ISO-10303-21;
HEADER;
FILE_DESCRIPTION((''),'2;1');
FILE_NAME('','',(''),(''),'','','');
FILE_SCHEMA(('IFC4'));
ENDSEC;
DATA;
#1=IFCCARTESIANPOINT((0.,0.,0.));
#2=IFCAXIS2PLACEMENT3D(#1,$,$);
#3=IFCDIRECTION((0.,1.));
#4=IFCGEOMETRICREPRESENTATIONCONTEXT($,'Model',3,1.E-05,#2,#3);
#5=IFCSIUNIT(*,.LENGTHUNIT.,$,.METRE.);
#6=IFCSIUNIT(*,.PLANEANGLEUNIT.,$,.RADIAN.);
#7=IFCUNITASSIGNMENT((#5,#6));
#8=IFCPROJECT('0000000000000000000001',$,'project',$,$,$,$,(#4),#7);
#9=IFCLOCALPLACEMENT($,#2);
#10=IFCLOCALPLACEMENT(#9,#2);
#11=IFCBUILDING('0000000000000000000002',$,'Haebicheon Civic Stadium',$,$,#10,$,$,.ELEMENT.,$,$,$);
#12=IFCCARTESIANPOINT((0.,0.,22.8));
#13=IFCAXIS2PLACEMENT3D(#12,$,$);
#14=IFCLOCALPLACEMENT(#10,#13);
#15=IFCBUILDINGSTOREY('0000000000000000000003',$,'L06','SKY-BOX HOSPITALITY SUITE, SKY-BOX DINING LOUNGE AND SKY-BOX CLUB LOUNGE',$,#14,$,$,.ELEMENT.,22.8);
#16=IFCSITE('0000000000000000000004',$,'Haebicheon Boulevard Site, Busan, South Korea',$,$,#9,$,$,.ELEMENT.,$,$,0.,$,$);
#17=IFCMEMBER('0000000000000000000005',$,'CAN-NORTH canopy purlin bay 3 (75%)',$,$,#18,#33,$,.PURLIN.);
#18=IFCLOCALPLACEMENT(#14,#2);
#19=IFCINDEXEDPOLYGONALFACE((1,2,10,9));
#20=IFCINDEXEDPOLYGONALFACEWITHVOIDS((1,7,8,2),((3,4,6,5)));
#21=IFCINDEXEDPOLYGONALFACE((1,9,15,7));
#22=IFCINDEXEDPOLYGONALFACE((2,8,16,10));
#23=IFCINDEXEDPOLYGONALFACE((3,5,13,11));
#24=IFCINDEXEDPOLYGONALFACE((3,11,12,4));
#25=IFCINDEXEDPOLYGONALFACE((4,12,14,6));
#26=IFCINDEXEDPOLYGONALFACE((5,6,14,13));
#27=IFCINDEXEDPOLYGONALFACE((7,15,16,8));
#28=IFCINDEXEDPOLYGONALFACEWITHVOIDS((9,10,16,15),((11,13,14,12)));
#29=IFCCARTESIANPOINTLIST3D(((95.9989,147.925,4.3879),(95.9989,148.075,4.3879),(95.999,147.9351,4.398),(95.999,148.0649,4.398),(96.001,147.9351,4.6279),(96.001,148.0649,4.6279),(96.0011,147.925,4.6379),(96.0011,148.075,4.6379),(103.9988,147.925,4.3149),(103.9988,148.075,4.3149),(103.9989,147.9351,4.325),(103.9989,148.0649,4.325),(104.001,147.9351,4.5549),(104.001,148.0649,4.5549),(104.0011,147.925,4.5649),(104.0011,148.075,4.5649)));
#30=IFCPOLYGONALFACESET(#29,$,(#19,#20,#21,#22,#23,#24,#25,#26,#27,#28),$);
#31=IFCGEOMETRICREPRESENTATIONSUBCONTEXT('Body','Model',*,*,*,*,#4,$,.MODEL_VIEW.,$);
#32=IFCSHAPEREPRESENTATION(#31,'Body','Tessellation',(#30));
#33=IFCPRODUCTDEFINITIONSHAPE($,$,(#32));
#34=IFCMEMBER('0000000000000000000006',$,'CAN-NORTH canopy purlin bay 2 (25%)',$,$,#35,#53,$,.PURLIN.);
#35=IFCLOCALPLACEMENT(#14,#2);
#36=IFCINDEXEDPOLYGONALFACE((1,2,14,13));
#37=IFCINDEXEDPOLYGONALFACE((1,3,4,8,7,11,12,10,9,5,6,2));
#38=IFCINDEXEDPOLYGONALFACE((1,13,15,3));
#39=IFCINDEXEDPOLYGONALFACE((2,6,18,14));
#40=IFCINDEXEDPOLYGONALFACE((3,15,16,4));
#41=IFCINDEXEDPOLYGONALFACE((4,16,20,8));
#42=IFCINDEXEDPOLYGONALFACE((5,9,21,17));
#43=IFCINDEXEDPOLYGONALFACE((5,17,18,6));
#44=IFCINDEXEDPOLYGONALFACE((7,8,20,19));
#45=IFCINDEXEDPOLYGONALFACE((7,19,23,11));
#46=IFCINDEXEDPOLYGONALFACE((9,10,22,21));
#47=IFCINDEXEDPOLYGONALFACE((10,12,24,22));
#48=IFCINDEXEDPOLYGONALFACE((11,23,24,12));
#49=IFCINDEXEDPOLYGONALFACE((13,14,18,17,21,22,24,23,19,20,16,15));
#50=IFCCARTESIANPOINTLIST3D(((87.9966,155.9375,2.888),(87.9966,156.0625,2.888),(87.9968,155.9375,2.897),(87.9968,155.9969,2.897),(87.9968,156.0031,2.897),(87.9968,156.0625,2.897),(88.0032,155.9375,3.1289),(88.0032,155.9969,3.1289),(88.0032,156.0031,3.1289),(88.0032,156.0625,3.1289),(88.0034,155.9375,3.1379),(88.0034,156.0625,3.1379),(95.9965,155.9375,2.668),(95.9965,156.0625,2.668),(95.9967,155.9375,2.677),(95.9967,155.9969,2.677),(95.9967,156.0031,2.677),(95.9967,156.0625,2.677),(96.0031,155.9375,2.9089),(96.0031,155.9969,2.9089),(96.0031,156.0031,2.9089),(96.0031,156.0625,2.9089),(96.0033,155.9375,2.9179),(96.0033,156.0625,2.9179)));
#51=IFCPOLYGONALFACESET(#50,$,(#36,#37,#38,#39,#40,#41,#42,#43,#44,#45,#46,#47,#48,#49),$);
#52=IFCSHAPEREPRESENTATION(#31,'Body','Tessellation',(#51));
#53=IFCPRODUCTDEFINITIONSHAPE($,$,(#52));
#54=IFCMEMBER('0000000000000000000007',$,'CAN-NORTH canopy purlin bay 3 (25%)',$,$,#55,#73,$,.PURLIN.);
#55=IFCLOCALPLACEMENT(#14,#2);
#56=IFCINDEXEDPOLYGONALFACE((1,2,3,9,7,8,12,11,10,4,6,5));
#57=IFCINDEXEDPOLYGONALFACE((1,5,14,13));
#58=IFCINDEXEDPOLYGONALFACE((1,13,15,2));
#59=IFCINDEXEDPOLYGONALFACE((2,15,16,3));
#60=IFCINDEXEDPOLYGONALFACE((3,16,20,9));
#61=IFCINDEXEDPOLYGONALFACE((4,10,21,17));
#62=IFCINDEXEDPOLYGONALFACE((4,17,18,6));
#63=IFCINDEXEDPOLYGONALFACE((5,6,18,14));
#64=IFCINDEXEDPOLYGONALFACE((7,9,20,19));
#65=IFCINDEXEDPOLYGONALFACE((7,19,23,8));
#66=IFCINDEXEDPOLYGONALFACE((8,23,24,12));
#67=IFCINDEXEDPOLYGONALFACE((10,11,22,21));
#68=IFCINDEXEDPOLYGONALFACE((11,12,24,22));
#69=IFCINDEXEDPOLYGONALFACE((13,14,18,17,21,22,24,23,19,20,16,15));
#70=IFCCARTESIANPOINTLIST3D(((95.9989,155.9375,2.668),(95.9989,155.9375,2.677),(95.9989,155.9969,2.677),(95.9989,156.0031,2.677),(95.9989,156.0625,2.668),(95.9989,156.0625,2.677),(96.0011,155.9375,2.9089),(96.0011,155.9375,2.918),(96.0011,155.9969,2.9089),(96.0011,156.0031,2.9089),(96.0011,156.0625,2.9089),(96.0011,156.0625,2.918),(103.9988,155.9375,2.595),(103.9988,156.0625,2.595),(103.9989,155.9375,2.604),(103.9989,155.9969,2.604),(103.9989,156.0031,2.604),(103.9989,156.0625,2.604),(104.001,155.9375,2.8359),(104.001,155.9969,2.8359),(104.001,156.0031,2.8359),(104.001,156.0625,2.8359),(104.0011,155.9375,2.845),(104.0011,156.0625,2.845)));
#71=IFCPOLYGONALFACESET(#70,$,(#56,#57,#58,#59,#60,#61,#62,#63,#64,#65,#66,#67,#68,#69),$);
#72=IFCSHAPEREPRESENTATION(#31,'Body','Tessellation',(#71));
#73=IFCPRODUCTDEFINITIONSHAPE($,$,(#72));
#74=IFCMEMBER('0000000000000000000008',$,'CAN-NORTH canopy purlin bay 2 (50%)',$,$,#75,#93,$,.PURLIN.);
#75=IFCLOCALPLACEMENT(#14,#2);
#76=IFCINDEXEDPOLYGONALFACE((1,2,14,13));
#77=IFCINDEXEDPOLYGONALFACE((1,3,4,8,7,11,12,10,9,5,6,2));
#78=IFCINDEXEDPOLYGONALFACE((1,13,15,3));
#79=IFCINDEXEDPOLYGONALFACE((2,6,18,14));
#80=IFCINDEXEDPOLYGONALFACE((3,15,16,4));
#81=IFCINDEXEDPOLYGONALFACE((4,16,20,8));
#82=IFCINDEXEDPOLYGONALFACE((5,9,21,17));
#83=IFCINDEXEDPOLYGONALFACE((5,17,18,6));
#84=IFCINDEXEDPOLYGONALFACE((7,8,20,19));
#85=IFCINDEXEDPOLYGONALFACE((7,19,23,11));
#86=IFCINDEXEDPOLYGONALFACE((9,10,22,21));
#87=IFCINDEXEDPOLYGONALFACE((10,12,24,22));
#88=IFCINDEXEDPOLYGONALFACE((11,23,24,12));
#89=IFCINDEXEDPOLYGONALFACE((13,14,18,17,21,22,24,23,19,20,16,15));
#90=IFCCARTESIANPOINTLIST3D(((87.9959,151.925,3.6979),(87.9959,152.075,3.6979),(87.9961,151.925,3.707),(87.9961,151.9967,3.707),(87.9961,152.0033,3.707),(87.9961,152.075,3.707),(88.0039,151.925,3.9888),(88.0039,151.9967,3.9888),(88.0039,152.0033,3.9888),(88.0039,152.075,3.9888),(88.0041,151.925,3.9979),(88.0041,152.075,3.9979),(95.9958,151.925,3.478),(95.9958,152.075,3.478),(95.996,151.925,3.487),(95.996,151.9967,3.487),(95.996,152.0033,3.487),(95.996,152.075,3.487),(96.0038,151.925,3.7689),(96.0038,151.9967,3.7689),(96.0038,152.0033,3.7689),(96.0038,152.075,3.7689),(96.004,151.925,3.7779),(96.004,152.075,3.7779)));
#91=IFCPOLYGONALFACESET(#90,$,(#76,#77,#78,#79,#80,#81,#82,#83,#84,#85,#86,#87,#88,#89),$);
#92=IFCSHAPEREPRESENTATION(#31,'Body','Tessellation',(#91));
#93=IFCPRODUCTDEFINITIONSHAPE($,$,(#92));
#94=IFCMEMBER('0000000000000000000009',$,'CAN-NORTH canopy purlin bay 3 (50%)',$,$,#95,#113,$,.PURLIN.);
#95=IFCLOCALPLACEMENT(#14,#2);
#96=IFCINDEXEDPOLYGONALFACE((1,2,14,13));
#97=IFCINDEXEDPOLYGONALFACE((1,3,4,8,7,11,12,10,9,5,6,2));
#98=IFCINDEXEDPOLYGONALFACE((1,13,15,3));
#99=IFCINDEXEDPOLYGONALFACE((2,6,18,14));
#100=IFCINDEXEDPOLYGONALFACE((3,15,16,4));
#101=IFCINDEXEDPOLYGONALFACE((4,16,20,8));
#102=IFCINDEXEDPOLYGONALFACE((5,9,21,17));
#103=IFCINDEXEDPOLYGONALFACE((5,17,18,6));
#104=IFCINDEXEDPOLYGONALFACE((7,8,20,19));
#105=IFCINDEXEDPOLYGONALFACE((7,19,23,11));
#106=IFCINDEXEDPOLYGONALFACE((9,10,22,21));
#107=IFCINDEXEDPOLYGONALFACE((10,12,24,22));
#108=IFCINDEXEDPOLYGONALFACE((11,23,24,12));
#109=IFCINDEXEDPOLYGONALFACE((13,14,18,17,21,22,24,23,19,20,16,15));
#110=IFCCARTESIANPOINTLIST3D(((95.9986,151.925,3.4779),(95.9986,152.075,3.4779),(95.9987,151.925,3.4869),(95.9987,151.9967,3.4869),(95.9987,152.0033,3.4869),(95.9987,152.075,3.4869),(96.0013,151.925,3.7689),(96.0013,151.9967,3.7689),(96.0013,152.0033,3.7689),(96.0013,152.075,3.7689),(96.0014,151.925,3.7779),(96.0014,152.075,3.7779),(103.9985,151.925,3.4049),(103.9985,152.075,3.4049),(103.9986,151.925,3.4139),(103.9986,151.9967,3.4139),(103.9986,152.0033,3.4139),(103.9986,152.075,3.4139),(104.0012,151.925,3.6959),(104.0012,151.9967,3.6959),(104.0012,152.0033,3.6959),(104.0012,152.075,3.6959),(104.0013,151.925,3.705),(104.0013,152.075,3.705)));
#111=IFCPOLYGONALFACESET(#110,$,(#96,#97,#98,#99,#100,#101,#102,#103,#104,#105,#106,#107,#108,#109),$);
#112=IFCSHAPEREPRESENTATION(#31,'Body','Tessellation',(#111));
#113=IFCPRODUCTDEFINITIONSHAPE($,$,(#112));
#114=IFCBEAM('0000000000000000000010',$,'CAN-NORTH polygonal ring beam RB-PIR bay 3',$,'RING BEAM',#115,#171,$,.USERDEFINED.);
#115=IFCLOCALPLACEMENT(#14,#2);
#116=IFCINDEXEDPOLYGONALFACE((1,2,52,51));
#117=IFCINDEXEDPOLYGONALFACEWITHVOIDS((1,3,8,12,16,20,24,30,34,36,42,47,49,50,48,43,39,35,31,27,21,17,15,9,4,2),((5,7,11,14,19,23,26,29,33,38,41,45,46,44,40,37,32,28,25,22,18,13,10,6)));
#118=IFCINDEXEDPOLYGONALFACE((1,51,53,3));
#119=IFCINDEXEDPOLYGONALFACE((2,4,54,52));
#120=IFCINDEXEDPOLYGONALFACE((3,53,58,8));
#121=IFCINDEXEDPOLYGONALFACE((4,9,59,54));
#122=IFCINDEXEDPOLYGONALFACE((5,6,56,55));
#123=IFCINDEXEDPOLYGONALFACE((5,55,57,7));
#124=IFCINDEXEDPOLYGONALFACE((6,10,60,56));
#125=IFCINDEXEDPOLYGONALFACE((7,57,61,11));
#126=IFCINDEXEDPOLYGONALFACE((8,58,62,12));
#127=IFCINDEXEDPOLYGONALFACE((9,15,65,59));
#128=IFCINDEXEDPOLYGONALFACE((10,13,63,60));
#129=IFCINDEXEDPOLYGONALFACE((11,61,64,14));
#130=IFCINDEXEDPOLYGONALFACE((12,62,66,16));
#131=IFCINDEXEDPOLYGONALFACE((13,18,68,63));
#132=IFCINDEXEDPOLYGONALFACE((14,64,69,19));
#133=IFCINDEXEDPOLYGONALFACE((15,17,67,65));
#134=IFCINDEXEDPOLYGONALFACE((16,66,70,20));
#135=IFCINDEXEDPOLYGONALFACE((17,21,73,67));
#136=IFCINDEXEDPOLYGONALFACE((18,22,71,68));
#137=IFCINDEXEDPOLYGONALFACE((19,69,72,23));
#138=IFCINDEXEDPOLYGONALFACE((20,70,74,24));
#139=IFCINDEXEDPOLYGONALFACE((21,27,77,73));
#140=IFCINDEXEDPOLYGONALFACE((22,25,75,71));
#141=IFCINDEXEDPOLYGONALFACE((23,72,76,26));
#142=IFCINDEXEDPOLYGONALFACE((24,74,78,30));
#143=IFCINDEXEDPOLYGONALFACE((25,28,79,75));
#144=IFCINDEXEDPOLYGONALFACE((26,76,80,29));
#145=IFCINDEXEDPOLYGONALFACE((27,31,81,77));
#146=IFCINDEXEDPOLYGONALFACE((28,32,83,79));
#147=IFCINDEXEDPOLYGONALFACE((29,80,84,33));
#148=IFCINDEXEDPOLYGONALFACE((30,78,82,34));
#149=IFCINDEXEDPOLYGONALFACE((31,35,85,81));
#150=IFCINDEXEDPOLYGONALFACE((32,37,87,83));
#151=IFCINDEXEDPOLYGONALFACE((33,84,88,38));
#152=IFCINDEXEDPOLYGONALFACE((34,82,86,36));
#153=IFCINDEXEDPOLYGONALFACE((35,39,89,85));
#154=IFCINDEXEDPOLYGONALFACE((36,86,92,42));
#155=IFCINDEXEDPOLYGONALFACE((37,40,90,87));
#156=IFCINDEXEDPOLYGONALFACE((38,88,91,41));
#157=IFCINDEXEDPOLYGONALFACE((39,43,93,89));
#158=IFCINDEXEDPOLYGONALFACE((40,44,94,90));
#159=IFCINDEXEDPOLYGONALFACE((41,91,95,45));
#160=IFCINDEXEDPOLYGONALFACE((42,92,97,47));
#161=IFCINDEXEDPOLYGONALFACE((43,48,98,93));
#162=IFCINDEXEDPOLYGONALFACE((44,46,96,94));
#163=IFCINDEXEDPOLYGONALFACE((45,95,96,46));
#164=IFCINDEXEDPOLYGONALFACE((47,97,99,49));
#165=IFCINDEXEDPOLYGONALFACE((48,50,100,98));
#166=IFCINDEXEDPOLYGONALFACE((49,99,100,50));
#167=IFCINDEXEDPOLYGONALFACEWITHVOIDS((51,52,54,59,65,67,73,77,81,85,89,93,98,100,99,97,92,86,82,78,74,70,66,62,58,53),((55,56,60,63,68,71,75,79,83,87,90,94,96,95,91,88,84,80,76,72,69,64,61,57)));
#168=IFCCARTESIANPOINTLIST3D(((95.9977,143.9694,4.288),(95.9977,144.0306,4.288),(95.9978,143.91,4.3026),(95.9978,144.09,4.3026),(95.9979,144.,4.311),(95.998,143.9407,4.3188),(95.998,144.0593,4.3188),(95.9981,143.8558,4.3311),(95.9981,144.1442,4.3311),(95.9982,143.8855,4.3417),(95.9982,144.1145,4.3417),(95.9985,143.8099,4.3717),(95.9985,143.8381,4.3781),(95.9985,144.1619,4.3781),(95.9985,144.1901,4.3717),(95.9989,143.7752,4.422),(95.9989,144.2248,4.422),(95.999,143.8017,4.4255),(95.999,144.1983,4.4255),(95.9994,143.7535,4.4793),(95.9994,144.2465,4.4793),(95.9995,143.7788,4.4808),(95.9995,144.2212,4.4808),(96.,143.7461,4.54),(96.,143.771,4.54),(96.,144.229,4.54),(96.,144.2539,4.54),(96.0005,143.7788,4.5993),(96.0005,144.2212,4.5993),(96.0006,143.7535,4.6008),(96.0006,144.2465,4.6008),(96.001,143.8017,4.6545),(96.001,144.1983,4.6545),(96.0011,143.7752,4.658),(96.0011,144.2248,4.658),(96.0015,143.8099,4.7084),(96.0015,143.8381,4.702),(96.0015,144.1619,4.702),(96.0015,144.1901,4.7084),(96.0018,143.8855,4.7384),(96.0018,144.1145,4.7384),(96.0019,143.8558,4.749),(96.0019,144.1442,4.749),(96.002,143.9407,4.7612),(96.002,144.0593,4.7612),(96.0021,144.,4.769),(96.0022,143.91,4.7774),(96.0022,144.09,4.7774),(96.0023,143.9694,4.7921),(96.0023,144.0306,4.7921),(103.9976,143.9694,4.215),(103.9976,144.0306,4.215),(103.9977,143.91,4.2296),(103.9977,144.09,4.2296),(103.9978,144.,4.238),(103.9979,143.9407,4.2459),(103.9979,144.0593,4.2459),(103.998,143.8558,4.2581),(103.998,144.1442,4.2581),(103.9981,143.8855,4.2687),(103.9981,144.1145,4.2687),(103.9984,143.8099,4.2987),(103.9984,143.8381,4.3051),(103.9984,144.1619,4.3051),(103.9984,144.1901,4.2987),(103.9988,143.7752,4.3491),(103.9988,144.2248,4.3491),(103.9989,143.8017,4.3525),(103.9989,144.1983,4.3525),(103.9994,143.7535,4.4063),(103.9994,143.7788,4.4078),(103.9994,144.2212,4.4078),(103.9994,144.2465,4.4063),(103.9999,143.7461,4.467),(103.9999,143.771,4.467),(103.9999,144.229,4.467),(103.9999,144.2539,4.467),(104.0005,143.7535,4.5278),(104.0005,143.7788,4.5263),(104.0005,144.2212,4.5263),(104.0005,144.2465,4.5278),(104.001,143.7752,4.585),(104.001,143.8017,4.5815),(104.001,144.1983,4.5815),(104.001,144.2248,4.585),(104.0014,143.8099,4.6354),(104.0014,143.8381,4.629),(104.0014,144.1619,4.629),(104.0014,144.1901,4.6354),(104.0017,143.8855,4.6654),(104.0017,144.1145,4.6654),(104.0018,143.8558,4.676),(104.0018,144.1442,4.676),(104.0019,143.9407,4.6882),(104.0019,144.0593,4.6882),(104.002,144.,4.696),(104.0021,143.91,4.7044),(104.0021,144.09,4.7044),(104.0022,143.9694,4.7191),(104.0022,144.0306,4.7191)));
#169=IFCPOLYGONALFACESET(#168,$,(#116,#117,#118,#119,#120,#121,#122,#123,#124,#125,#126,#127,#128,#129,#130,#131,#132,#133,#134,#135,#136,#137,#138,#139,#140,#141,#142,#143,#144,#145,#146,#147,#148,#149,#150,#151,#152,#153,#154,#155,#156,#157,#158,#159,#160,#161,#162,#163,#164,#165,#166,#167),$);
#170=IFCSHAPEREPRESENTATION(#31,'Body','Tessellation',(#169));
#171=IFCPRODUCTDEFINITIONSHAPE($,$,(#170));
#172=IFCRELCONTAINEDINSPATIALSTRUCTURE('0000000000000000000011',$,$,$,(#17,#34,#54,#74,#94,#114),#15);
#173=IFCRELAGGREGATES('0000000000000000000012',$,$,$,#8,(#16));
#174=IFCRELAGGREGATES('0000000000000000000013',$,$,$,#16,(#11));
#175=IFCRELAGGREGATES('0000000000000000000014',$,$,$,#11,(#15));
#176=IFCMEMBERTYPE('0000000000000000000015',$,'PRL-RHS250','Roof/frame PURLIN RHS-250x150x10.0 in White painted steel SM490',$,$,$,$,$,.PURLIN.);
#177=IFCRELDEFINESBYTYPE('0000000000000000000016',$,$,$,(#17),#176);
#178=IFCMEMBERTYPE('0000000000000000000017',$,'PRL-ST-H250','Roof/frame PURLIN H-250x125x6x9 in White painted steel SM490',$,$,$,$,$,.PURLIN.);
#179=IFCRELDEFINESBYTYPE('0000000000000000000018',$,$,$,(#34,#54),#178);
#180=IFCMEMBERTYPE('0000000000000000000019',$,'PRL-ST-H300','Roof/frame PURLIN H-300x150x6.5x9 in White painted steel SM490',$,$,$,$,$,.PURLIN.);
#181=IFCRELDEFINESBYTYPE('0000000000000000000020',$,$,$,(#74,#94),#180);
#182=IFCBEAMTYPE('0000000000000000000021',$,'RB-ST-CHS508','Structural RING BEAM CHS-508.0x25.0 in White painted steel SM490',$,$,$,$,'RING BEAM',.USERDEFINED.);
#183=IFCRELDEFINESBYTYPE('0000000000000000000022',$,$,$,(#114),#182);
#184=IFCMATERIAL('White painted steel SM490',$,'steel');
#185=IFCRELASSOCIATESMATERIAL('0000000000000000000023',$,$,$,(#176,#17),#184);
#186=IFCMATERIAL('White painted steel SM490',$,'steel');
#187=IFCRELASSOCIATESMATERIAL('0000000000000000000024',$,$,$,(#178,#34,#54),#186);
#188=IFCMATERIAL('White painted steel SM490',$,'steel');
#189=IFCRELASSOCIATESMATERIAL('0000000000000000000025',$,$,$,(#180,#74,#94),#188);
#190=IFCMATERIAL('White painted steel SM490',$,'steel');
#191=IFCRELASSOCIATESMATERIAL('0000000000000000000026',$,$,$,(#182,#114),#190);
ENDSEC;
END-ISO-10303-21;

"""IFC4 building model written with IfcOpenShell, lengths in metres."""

from ifc_helpers import new_model, si_unit, direction, frame, origin, origin_2d, place, context, subcontext, project, spatial, hollow_rectangle, hollow_circle, i_section, extrude, material, material_profile, profile_set, type_object, element, save


model = new_model("IFC4")

# Units and contexts
model_context = context("Model", 3, precision=1e-05, world=origin(), true_north=direction((0.0, 1.0)))
body_context = subcontext(model_context, "Body", "Model", "MODEL_VIEW")
ifc_project = project(units=[si_unit("LENGTHUNIT", "METRE"), si_unit("PLANEANGLEUNIT", "RADIAN")], contexts=[model_context])

# Site, building, storey
site_placement = place(None, origin())
site = spatial("IfcSite", under=ifc_project, at=site_placement, Name="Haebicheon Boulevard Site, Busan, South Korea", CompositionType="ELEMENT", RefElevation=0.0)
building_placement = place(site_placement, origin())
building = spatial("IfcBuilding", under=site, at=building_placement, Name="Haebicheon Civic Stadium", CompositionType="ELEMENT")
storey_placement = place(building_placement, frame((0.0, 0.0, 22.8)))
storey = spatial("IfcBuildingStorey", under=building, at=storey_placement, Name="L06", Description="SKY-BOX HOSPITALITY SUITE, SKY-BOX DINING LOUNGE AND SKY-BOX CLUB LOUNGE", CompositionType="ELEMENT", Elevation=22.8)

# Members
ifc_material_1 = material(Name="White painted steel SM490", Category="steel")
ifc_material_profile_1 = material_profile(ifc_material_1, hollow_rectangle(XDim=0.1499, YDim=0.25, WallThickness=0.01, at=origin_2d()), Name="RHS-250x150x10.0")
ifc_profile_set_1 = profile_set([ifc_material_profile_1], Name="White painted steel SM490")
member_type_1 = type_object("IfcMemberType", Name="PRL-RHS250", Description="Roof/frame PURLIN RHS-250x150x10.0 in White painted steel SM490", PredefinedType="PURLIN", material=ifc_profile_set_1)
member_1_placement = place(storey_placement, frame((96.0, 148.0, 4.5129), z_axis=(0.999958, 0.0, -0.009124), x_axis=(0.0, 1.0, 0.0)))
element("IfcMember", 1, at=member_1_placement, inside=storey, type_object=member_type_1, material=ifc_profile_set_1, Name="CAN-NORTH canopy purlin bay 3 (75%)", PredefinedType="PURLIN", context=body_context, shape_type="SweptSolid", body=[
    extrude(hollow_rectangle(XDim=0.1499, YDim=0.25, WallThickness=0.01, at=origin_2d()), origin(), (0.0, 0.0, 1.0), 8.0002),
])
ifc_material_2 = material(Name="White painted steel SM490", Category="steel")
ifc_material_profile_2 = material_profile(ifc_material_2, i_section(OverallWidth=0.125, OverallDepth=0.25, WebThickness=0.0061, FlangeThickness=0.009, at=origin_2d()), Name="H-250x125x6x9")
ifc_profile_set_2 = profile_set([ifc_material_profile_2], Name="White painted steel SM490")
member_type_2 = type_object("IfcMemberType", Name="PRL-ST-H250", Description="Roof/frame PURLIN H-250x125x6x9 in White painted steel SM490", PredefinedType="PURLIN", material=ifc_profile_set_2)
member_2_placement = place(storey_placement, frame((88.0, 156.0, 3.0129), z_axis=(0.999622, 0.0, -0.027486), x_axis=(0.0, 1.0, 0.0)))
element("IfcMember", 2, at=member_2_placement, inside=storey, type_object=member_type_2, material=ifc_profile_set_2, Name="CAN-NORTH canopy purlin bay 2 (25%)", PredefinedType="PURLIN", context=body_context, shape_type="SweptSolid", body=[
    extrude(i_section(OverallWidth=0.125, OverallDepth=0.25, WebThickness=0.0061, FlangeThickness=0.009, at=origin_2d()), origin(), (0.0, 0.0, 1.0), 8.0029),
])
member_3_placement = place(storey_placement, frame((96.0, 156.0, 2.793), z_axis=(0.999958, 0.0, -0.009124), x_axis=(0.0, 1.0, 0.0)))
element("IfcMember", 3, at=member_3_placement, inside=storey, type_object=member_type_2, material=ifc_profile_set_2, Name="CAN-NORTH canopy purlin bay 3 (25%)", PredefinedType="PURLIN", context=body_context, shape_type="SweptSolid", body=[
    extrude(i_section(OverallWidth=0.125, OverallDepth=0.25, WebThickness=0.0061, FlangeThickness=0.009, at=origin_2d()), origin(), (0.0, 0.0, 1.0), 8.0002),
])
ifc_material_3 = material(Name="White painted steel SM490", Category="steel")
ifc_material_profile_3 = material_profile(ifc_material_3, i_section(OverallWidth=0.1499, OverallDepth=0.3, WebThickness=0.0066, FlangeThickness=0.009, at=origin_2d()), Name="H-300x150x6.5x9")
ifc_profile_set_3 = profile_set([ifc_material_profile_3], Name="White painted steel SM490")
member_type_3 = type_object("IfcMemberType", Name="PRL-ST-H300", Description="Roof/frame PURLIN H-300x150x6.5x9 in White painted steel SM490", PredefinedType="PURLIN", material=ifc_profile_set_3)
member_4_placement = place(storey_placement, frame((88.0, 152.0, 3.8479), z_axis=(0.999622, 0.0, -0.027486), x_axis=(0.0, 1.0, 0.0)))
element("IfcMember", 4, at=member_4_placement, inside=storey, type_object=member_type_3, material=ifc_profile_set_3, Name="CAN-NORTH canopy purlin bay 2 (50%)", PredefinedType="PURLIN", context=body_context, shape_type="SweptSolid", body=[
    extrude(i_section(OverallWidth=0.1499, OverallDepth=0.3, WebThickness=0.0066, FlangeThickness=0.009, at=origin_2d()), origin(), (0.0, 0.0, 1.0), 8.0029),
])
member_5_placement = place(storey_placement, frame((96.0, 152.0, 3.6279), z_axis=(0.999958, 0.0, -0.009124), x_axis=(0.0, 1.0, 0.0)))
element("IfcMember", 5, at=member_5_placement, inside=storey, type_object=member_type_3, material=ifc_profile_set_3, Name="CAN-NORTH canopy purlin bay 3 (50%)", PredefinedType="PURLIN", context=body_context, shape_type="SweptSolid", body=[
    extrude(i_section(OverallWidth=0.1499, OverallDepth=0.3, WebThickness=0.0066, FlangeThickness=0.009, at=origin_2d()), origin(), (0.0, 0.0, 1.0), 8.0002),
])

# Beam
ifc_material_4 = material(Name="White painted steel SM490", Category="steel")
ifc_material_profile_4 = material_profile(ifc_material_4, hollow_circle(Radius=0.2539, WallThickness=0.0249, at=origin_2d()), Name="CHS-508.0x25.0")
ifc_profile_set_4 = profile_set([ifc_material_profile_4], Name="White painted steel SM490")
beam_type_1 = type_object("IfcBeamType", Name="RB-ST-CHS508", Description="Structural RING BEAM CHS-508.0x25.0 in White painted steel SM490", ElementType="RING BEAM", PredefinedType="USERDEFINED", material=ifc_profile_set_4)
beam_1_placement = place(storey_placement, frame((96.0, 144.0, 4.54), z_axis=(0.999958, 0.0, -0.009124), x_axis=(0.0, 1.0, 0.0)))
element("IfcBeam", 6, at=beam_1_placement, inside=storey, type_object=beam_type_1, material=ifc_profile_set_4, Name="CAN-NORTH polygonal ring beam RB-PIR bay 3", ObjectType="RING BEAM", PredefinedType="USERDEFINED", context=body_context, shape_type="SweptSolid", body=[
    extrude(hollow_circle(Radius=0.2539, WallThickness=0.0249, at=origin_2d()), origin(), (0.0, 0.0, 1.0), 8.0002),
])

save(model, "model.ifc")
